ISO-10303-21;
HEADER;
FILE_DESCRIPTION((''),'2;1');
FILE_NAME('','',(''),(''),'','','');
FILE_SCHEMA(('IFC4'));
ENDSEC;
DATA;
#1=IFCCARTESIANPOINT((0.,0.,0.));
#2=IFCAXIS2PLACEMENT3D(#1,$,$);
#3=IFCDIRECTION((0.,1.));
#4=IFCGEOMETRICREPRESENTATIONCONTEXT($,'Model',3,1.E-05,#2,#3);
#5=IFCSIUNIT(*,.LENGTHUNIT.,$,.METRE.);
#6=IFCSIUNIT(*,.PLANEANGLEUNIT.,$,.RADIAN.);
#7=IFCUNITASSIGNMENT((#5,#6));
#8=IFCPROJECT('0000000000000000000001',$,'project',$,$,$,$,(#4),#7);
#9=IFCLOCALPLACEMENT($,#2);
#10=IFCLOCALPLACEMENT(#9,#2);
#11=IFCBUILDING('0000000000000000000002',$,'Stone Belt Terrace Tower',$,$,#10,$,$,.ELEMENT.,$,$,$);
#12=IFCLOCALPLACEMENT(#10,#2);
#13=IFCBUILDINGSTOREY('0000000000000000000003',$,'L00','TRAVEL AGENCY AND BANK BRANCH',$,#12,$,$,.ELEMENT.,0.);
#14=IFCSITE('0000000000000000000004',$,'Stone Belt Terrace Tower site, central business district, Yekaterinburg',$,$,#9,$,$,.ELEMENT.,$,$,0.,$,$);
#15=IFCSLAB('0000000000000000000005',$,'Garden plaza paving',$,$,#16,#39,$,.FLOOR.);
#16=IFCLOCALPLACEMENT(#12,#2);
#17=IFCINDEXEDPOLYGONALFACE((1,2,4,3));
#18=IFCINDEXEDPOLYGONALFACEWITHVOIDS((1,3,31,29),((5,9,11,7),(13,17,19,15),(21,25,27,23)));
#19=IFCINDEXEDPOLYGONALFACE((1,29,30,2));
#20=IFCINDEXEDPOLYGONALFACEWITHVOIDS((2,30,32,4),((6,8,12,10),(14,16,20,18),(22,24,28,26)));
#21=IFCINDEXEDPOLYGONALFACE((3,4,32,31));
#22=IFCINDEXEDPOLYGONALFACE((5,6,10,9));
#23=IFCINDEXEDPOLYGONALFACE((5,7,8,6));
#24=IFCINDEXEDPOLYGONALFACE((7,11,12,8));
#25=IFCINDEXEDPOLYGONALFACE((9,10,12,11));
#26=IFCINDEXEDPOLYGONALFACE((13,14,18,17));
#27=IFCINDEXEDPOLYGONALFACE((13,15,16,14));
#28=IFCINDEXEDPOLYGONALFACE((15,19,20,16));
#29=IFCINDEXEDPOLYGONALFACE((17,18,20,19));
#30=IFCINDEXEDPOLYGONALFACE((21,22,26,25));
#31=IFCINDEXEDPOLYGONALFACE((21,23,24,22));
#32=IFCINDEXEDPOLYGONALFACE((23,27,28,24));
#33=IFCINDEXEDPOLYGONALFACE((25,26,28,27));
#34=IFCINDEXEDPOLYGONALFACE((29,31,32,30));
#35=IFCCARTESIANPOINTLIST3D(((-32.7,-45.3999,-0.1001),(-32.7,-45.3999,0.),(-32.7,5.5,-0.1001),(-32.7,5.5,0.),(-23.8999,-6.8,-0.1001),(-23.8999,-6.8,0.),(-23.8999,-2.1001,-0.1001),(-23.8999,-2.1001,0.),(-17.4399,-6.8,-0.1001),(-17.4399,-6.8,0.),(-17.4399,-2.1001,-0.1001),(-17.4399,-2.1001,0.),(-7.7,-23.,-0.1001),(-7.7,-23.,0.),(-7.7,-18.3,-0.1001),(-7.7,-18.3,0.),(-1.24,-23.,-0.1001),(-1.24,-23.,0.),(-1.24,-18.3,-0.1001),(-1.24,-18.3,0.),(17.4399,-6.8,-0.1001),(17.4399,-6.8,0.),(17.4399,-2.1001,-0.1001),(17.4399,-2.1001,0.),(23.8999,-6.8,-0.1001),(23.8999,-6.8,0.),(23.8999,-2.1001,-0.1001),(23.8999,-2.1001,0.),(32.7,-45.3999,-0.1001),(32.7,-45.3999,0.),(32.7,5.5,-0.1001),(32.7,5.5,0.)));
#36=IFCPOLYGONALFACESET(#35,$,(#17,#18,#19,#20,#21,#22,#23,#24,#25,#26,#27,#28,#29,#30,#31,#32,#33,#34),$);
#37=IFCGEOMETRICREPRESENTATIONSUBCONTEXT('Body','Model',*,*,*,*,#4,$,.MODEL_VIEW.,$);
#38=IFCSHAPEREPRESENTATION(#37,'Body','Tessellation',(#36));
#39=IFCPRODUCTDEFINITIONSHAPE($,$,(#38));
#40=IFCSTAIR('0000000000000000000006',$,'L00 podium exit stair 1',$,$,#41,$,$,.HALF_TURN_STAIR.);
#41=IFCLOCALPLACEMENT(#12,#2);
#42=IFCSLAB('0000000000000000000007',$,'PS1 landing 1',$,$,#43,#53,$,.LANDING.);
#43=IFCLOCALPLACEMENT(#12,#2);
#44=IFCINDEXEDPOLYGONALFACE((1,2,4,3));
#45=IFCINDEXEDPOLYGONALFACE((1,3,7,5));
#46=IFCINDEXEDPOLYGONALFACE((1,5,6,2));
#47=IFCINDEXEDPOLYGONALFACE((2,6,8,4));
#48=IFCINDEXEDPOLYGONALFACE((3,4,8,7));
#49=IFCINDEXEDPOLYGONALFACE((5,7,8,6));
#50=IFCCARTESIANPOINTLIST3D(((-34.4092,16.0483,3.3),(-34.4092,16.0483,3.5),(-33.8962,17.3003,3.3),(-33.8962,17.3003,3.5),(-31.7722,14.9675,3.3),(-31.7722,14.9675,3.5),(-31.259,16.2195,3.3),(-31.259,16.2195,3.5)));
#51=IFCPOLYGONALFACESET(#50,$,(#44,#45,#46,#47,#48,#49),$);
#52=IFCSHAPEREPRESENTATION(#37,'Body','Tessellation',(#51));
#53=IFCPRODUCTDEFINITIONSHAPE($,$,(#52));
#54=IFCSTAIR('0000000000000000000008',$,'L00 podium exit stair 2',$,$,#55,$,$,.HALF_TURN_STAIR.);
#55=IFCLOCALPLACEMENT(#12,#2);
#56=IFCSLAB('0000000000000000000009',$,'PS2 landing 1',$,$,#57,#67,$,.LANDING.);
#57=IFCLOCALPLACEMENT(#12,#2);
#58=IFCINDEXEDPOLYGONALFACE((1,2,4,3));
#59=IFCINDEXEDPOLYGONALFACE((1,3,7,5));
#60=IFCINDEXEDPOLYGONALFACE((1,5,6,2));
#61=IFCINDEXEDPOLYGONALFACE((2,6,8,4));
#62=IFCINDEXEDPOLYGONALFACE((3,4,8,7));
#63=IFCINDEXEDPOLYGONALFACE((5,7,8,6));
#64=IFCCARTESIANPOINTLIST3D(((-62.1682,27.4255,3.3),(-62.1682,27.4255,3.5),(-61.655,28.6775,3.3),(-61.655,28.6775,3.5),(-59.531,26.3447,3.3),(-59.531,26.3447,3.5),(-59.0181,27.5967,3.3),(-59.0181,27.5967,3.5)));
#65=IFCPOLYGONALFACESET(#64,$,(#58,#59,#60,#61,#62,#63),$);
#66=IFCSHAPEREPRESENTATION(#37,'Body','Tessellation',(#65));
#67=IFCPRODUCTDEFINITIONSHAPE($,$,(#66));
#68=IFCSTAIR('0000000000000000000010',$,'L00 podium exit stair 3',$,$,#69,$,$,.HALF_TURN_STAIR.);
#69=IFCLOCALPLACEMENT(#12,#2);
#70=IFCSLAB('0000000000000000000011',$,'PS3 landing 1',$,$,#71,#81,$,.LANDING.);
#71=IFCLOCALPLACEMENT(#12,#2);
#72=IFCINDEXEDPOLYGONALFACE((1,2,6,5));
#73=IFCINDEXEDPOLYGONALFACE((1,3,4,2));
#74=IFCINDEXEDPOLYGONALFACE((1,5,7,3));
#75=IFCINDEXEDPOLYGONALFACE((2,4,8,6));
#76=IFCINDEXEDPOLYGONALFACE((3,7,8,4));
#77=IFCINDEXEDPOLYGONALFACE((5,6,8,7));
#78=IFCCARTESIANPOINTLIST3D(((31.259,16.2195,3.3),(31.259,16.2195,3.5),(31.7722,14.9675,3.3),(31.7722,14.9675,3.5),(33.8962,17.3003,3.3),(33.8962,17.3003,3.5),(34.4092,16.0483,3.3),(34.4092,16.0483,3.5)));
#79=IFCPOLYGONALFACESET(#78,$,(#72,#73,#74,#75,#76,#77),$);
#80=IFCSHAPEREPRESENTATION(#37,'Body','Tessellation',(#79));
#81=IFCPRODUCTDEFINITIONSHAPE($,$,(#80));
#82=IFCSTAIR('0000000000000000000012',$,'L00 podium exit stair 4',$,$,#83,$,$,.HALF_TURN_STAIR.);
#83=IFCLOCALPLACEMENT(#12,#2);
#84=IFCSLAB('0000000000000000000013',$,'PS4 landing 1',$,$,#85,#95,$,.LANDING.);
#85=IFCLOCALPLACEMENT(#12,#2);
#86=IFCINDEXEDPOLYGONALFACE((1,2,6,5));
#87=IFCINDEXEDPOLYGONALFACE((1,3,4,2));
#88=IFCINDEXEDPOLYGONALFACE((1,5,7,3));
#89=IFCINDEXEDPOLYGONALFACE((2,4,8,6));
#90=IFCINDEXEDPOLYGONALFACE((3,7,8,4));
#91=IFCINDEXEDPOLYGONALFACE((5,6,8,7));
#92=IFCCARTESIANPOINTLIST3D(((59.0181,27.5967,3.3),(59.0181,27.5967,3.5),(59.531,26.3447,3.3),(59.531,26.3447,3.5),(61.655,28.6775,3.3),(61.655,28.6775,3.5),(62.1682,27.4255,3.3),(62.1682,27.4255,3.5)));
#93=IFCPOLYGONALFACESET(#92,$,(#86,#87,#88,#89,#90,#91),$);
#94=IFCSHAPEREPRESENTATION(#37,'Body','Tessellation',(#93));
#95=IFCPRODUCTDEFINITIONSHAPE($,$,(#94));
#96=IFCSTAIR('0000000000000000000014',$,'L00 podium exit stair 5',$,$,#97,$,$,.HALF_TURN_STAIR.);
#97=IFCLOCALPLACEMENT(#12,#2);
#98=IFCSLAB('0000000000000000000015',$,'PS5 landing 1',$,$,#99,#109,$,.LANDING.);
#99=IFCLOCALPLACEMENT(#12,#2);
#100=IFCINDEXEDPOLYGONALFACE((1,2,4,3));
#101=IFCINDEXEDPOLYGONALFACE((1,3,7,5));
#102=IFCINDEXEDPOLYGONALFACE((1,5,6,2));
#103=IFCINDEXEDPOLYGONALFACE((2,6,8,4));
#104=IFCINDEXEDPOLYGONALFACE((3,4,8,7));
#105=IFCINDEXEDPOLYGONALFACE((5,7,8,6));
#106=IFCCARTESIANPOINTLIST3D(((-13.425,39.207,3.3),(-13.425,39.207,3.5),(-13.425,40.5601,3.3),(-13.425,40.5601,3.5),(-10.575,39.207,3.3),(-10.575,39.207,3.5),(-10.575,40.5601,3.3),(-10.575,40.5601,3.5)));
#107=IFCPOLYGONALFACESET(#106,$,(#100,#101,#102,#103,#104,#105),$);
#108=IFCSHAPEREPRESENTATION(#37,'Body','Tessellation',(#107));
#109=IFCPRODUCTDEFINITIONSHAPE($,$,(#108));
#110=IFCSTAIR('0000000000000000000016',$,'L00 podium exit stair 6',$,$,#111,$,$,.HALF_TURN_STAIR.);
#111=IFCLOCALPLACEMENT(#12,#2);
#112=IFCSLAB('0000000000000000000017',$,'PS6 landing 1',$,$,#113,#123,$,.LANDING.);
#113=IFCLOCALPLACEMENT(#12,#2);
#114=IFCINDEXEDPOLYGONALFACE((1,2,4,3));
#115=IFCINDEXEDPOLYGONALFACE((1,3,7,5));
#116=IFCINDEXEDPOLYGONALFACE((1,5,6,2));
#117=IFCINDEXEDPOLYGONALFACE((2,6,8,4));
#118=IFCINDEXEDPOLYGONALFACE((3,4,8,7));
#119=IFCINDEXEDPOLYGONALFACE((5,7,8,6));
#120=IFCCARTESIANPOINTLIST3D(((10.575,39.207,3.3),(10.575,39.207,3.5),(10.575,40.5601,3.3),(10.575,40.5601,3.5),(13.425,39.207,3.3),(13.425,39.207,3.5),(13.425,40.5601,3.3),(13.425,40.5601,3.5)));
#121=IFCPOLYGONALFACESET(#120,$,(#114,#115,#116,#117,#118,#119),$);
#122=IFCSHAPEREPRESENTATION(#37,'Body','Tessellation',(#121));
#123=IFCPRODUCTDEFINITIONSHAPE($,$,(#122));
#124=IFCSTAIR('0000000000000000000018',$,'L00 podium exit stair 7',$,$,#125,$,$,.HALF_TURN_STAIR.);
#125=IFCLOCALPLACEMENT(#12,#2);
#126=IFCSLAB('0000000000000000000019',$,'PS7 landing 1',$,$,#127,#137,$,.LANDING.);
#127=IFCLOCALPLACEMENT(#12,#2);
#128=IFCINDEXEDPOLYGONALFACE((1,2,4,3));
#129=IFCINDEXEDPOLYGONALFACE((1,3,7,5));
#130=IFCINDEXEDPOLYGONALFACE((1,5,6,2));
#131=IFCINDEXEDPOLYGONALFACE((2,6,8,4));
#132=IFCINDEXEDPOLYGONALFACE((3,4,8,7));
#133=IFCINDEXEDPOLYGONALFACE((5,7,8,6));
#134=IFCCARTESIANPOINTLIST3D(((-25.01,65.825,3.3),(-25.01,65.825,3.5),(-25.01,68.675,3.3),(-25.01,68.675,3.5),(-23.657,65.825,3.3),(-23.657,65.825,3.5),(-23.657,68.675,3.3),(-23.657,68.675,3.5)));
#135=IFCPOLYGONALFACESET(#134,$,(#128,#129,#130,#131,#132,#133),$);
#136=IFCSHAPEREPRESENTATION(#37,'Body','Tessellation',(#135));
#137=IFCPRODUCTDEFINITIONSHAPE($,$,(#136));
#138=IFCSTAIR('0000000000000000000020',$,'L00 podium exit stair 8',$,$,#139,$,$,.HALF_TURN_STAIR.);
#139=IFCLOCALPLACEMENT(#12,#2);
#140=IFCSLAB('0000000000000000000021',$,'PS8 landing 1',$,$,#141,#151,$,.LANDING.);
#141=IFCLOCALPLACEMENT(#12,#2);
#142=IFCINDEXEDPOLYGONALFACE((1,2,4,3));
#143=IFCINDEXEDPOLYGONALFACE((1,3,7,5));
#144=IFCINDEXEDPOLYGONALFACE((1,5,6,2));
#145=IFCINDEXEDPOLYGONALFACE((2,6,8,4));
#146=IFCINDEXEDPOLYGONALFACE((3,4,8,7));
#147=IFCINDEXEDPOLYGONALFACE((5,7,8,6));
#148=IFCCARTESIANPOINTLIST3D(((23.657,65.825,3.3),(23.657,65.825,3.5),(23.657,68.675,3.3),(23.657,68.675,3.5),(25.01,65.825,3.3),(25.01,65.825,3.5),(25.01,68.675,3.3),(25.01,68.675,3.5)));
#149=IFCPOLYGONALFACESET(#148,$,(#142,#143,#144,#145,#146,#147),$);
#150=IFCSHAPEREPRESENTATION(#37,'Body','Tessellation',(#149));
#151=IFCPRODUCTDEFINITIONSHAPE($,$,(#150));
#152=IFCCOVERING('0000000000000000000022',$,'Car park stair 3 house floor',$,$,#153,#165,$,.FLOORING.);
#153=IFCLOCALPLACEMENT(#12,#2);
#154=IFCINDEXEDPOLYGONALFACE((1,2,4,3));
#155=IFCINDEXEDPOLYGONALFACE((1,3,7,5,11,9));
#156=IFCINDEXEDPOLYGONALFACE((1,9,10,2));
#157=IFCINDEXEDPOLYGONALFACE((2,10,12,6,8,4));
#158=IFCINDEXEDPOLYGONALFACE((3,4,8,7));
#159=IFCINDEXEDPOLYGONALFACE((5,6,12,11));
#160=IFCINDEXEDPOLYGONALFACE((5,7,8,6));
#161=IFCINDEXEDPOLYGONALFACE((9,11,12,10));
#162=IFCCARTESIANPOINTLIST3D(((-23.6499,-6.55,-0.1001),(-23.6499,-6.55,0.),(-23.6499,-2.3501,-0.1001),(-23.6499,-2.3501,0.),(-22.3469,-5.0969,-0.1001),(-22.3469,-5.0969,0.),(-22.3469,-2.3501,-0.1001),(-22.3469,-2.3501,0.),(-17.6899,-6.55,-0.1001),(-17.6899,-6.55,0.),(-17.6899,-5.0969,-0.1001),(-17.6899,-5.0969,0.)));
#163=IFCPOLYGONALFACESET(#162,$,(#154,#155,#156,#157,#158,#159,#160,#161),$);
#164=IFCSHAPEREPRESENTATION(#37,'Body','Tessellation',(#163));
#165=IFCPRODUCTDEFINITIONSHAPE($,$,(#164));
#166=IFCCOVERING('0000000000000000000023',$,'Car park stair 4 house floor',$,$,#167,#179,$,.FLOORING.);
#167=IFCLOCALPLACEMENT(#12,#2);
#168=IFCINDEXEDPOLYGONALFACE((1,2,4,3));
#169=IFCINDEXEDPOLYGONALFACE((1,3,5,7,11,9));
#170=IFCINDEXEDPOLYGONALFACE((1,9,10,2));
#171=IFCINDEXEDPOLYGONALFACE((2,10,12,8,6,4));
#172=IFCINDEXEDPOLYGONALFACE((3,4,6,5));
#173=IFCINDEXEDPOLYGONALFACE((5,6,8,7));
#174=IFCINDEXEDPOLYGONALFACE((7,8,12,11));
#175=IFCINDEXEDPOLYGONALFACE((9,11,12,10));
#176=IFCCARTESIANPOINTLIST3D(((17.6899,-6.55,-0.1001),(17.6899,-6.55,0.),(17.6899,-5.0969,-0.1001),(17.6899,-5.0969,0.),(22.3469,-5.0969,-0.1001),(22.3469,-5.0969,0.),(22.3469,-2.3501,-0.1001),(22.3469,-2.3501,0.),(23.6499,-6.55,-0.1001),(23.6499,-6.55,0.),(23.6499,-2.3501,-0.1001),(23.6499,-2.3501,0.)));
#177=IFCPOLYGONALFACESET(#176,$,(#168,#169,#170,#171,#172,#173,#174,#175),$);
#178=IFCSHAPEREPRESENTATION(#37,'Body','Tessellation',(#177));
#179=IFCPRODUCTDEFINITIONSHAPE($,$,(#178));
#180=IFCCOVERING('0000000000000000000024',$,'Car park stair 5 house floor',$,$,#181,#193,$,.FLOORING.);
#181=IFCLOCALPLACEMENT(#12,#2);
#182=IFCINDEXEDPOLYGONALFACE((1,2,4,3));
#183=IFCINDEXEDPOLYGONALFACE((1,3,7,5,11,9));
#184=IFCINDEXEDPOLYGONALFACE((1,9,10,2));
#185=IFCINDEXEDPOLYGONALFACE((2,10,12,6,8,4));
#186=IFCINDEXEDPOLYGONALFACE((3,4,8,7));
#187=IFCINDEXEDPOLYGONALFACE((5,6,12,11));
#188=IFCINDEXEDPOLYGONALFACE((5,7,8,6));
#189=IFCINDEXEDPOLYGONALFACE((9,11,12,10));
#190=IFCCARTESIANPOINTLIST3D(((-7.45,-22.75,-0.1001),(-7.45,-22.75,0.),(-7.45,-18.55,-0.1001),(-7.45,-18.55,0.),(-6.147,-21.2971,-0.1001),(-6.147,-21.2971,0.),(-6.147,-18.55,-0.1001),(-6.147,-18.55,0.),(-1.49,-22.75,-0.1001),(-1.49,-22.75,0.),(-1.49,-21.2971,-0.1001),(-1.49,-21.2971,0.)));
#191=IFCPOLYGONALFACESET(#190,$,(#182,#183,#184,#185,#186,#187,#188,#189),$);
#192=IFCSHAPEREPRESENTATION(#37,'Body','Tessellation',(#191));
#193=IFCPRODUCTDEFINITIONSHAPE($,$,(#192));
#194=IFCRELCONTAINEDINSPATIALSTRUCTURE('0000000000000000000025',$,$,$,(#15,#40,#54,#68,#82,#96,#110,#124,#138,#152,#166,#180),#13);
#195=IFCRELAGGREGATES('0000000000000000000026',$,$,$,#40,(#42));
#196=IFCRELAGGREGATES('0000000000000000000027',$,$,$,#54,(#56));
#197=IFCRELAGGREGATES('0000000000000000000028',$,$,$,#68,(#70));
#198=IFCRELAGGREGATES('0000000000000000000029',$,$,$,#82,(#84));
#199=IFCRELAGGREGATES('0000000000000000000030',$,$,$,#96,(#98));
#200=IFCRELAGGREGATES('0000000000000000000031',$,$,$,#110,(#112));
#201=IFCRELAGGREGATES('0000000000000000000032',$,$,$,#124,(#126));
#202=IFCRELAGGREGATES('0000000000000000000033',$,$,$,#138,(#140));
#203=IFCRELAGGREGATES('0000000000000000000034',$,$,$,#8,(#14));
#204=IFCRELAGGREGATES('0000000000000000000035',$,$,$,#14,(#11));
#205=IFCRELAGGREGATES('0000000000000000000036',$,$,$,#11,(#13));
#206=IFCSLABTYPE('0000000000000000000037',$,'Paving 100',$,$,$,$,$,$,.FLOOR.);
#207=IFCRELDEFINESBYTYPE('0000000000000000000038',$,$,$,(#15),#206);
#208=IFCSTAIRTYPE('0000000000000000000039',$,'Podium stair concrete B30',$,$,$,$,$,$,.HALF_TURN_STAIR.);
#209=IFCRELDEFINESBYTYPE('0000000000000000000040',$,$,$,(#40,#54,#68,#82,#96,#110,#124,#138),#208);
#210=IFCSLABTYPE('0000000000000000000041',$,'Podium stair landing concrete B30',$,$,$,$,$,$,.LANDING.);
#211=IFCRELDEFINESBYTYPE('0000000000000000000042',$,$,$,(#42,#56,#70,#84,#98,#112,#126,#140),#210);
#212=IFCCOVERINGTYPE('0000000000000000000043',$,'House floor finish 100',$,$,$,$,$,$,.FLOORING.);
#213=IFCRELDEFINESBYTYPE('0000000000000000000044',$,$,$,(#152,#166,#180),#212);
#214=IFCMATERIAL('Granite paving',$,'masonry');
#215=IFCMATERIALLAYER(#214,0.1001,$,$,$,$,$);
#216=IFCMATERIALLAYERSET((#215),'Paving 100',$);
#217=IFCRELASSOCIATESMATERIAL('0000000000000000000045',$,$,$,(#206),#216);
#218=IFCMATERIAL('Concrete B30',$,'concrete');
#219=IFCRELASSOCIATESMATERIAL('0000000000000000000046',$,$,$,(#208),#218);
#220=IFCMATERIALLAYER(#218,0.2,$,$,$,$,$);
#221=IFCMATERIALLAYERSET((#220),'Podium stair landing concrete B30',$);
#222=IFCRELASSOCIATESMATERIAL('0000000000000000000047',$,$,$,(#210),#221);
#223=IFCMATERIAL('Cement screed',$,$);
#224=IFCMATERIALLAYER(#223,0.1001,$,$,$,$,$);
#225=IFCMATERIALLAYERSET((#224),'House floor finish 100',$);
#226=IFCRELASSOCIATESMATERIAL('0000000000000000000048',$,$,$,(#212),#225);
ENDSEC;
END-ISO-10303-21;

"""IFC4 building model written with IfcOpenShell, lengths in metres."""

from ifc_helpers import new_model, si_unit, direction, frame, origin, place, context, subcontext, project, spatial, polyline, outline, extrude, material, layer, layer_set, type_object, element, aggregate, save


model = new_model("IFC4")

# Units and contexts
model_context = context("Model", 3, precision=1e-05, world=origin(), true_north=direction((0.0, 1.0)))
body_context = subcontext(model_context, "Body", "Model", "MODEL_VIEW")
ifc_project = project(units=[si_unit("LENGTHUNIT", "METRE"), si_unit("PLANEANGLEUNIT", "RADIAN")], contexts=[model_context])

# Site, building, storey
site_placement = place(None, origin())
site = spatial("IfcSite", under=ifc_project, at=site_placement, Name="Stone Belt Terrace Tower site, central business district, Yekaterinburg", CompositionType="ELEMENT", RefElevation=0.0)
building_placement = place(site_placement, origin())
building = spatial("IfcBuilding", under=site, at=building_placement, Name="Stone Belt Terrace Tower", CompositionType="ELEMENT")
storey_placement = place(building_placement, origin())
storey = spatial("IfcBuildingStorey", under=building, at=storey_placement, Name="L00", Description="TRAVEL AGENCY AND BANK BRANCH", CompositionType="ELEMENT", Elevation=0.0)

# Shared definitions
ifc_material_1 = material(Name="Concrete B30", Category="concrete")

# Slab
ifc_material_2 = material(Name="Granite paving", Category="masonry")
ifc_layer_1 = layer(ifc_material_2, 0.1001)
ifc_layer_set_1 = layer_set([ifc_layer_1], Name="Paving 100")
slab_type_1 = type_object("IfcSlabType", Name="Paving 100", PredefinedType="FLOOR", material=ifc_layer_set_1)
slab_1_placement = place(storey_placement, frame((0.0, 0.0, -0.1001)))
element("IfcSlab", 1, at=slab_1_placement, inside=storey, type_object=slab_type_1, Name="Garden plaza paving", PredefinedType="FLOOR", context=body_context, shape_type="SweptSolid", body=[
    extrude(outline(polyline([(-32.7, -45.3999), (32.7, -45.3999), (32.7, 5.5), (-32.7, 5.5), (-32.7, -45.3999)]), holes=[polyline([(-17.4399, -6.8), (-17.4399, -2.1001), (-23.8999, -2.1001), (-23.8999, -6.8), (-17.4399, -6.8)]), polyline([(17.4399, -6.8), (23.8999, -6.8), (23.8999, -2.1001), (17.4399, -2.1001), (17.4399, -6.8)]), polyline([(-7.7, -18.3), (-7.7, -23.0), (-1.24, -23.0), (-1.24, -18.3), (-7.7, -18.3)])]), origin(), (0.0, 0.0, 1.0), 0.1001),
])

# Stairs, slabs
stair_type = type_object("IfcStairType", Name="Podium stair concrete B30", PredefinedType="HALF_TURN_STAIR", material=ifc_material_1)
stair_1_placement = place(storey_placement, origin())
stair_1 = element("IfcStair", 2, at=stair_1_placement, inside=storey, type_object=stair_type, Name="L00 podium exit stair 1", PredefinedType="HALF_TURN_STAIR")
ifc_layer_2 = layer(ifc_material_1, 0.2)
ifc_layer_set_2 = layer_set([ifc_layer_2], Name="Podium stair landing concrete B30")
slab_type_2 = type_object("IfcSlabType", Name="Podium stair landing concrete B30", PredefinedType="LANDING", material=ifc_layer_set_2)
slab_2_placement = place(storey_placement, frame((0.0, 0.0, 3.3)))
slab_2 = element("IfcSlab", 3, at=slab_2_placement, type_object=slab_type_2, Name="PS1 landing 1", PredefinedType="LANDING", context=body_context, shape_type="SweptSolid", body=[
    extrude(outline(polyline([(-33.8962, 17.3003), (-34.4092, 16.0483), (-31.7722, 14.9675), (-31.259, 16.2195), (-33.8962, 17.3003)])), origin(), (0.0, 0.0, 1.0), 0.2),
])
aggregate(stair_1, [slab_2])
stair_2_placement = place(storey_placement, origin())
stair_2 = element("IfcStair", 4, at=stair_2_placement, inside=storey, type_object=stair_type, Name="L00 podium exit stair 2", PredefinedType="HALF_TURN_STAIR")
slab_3_placement = place(storey_placement, frame((0.0, 0.0, 3.3)))
slab_3 = element("IfcSlab", 5, at=slab_3_placement, type_object=slab_type_2, Name="PS2 landing 1", PredefinedType="LANDING", context=body_context, shape_type="SweptSolid", body=[
    extrude(outline(polyline([(-61.655, 28.6775), (-62.1682, 27.4255), (-59.531, 26.3447), (-59.0181, 27.5967), (-61.655, 28.6775)])), origin(), (0.0, 0.0, 1.0), 0.2),
])
aggregate(stair_2, [slab_3])
stair_3_placement = place(storey_placement, origin())
stair_3 = element("IfcStair", 6, at=stair_3_placement, inside=storey, type_object=stair_type, Name="L00 podium exit stair 3", PredefinedType="HALF_TURN_STAIR")
slab_4_placement = place(storey_placement, frame((0.0, 0.0, 3.3)))
slab_4 = element("IfcSlab", 7, at=slab_4_placement, type_object=slab_type_2, Name="PS3 landing 1", PredefinedType="LANDING", context=body_context, shape_type="SweptSolid", body=[
    extrude(outline(polyline([(31.259, 16.2195), (31.7722, 14.9675), (34.4092, 16.0483), (33.8962, 17.3003), (31.259, 16.2195)])), origin(), (0.0, 0.0, 1.0), 0.2),
])
aggregate(stair_3, [slab_4])
stair_4_placement = place(storey_placement, origin())
stair_4 = element("IfcStair", 8, at=stair_4_placement, inside=storey, type_object=stair_type, Name="L00 podium exit stair 4", PredefinedType="HALF_TURN_STAIR")
slab_5_placement = place(storey_placement, frame((0.0, 0.0, 3.3)))
slab_5 = element("IfcSlab", 9, at=slab_5_placement, type_object=slab_type_2, Name="PS4 landing 1", PredefinedType="LANDING", context=body_context, shape_type="SweptSolid", body=[
    extrude(outline(polyline([(59.0181, 27.5967), (59.531, 26.3447), (62.1682, 27.4255), (61.655, 28.6775), (59.0181, 27.5967)])), origin(), (0.0, 0.0, 1.0), 0.2),
])
aggregate(stair_4, [slab_5])
stair_5_placement = place(storey_placement, origin())
stair_5 = element("IfcStair", 10, at=stair_5_placement, inside=storey, type_object=stair_type, Name="L00 podium exit stair 5", PredefinedType="HALF_TURN_STAIR")
slab_6_placement = place(storey_placement, frame((0.0, 0.0, 3.3)))
slab_6 = element("IfcSlab", 11, at=slab_6_placement, type_object=slab_type_2, Name="PS5 landing 1", PredefinedType="LANDING", context=body_context, shape_type="SweptSolid", body=[
    extrude(outline(polyline([(-10.575, 39.207), (-10.575, 40.5601), (-13.425, 40.5601), (-13.425, 39.207), (-10.575, 39.207)])), origin(), (0.0, 0.0, 1.0), 0.2),
])
aggregate(stair_5, [slab_6])
stair_6_placement = place(storey_placement, origin())
stair_6 = element("IfcStair", 12, at=stair_6_placement, inside=storey, type_object=stair_type, Name="L00 podium exit stair 6", PredefinedType="HALF_TURN_STAIR")
slab_7_placement = place(storey_placement, frame((0.0, 0.0, 3.3)))
slab_7 = element("IfcSlab", 13, at=slab_7_placement, type_object=slab_type_2, Name="PS6 landing 1", PredefinedType="LANDING", context=body_context, shape_type="SweptSolid", body=[
    extrude(outline(polyline([(13.425, 39.207), (13.425, 40.5601), (10.575, 40.5601), (10.575, 39.207), (13.425, 39.207)])), origin(), (0.0, 0.0, 1.0), 0.2),
])
aggregate(stair_6, [slab_7])
stair_7_placement = place(storey_placement, origin())
stair_7 = element("IfcStair", 14, at=stair_7_placement, inside=storey, type_object=stair_type, Name="L00 podium exit stair 7", PredefinedType="HALF_TURN_STAIR")
slab_8_placement = place(storey_placement, frame((0.0, 0.0, 3.3)))
slab_8 = element("IfcSlab", 15, at=slab_8_placement, type_object=slab_type_2, Name="PS7 landing 1", PredefinedType="LANDING", context=body_context, shape_type="SweptSolid", body=[
    extrude(outline(polyline([(-23.657, 68.675), (-25.01, 68.675), (-25.01, 65.825), (-23.657, 65.825), (-23.657, 68.675)])), origin(), (0.0, 0.0, 1.0), 0.2),
])
aggregate(stair_7, [slab_8])
stair_8_placement = place(storey_placement, origin())
stair_8 = element("IfcStair", 16, at=stair_8_placement, inside=storey, type_object=stair_type, Name="L00 podium exit stair 8", PredefinedType="HALF_TURN_STAIR")
slab_9_placement = place(storey_placement, frame((0.0, 0.0, 3.3)))
slab_9 = element("IfcSlab", 17, at=slab_9_placement, type_object=slab_type_2, Name="PS8 landing 1", PredefinedType="LANDING", context=body_context, shape_type="SweptSolid", body=[
    extrude(outline(polyline([(23.657, 65.825), (25.01, 65.825), (25.01, 68.675), (23.657, 68.675), (23.657, 65.825)])), origin(), (0.0, 0.0, 1.0), 0.2),
])
aggregate(stair_8, [slab_9])

# Coverings
ifc_material_3 = material(Name="Cement screed")
ifc_layer_3 = layer(ifc_material_3, 0.1001)
ifc_layer_set_3 = layer_set([ifc_layer_3], Name="House floor finish 100")
covering_type_1 = type_object("IfcCoveringType", Name="House floor finish 100", PredefinedType="FLOORING", material=ifc_layer_set_3)
covering_1_placement = place(storey_placement, frame((0.0, 0.0, -0.1001)))
element("IfcCovering", 18, at=covering_1_placement, inside=storey, type_object=covering_type_1, Name="Car park stair 3 house floor", PredefinedType="FLOORING", context=body_context, shape_type="SweptSolid", body=[
    extrude(outline(polyline([(-23.6499, -6.55), (-17.6899, -6.55), (-17.6899, -5.0969), (-22.3469, -5.0969), (-22.3469, -2.3501), (-23.6499, -2.3501), (-23.6499, -6.55)])), origin(), (0.0, 0.0, 1.0), 0.1001),
])
covering_2_placement = place(storey_placement, frame((0.0, 0.0, -0.1001)))
element("IfcCovering", 19, at=covering_2_placement, inside=storey, type_object=covering_type_1, Name="Car park stair 4 house floor", PredefinedType="FLOORING", context=body_context, shape_type="SweptSolid", body=[
    extrude(outline(polyline([(17.6899, -6.55), (23.6499, -6.55), (23.6499, -2.3501), (22.3469, -2.3501), (22.3469, -5.0969), (17.6899, -5.0969), (17.6899, -6.55)])), origin(), (0.0, 0.0, 1.0), 0.1001),
])
covering_3_placement = place(storey_placement, frame((0.0, 0.0, -0.1001)))
element("IfcCovering", 20, at=covering_3_placement, inside=storey, type_object=covering_type_1, Name="Car park stair 5 house floor", PredefinedType="FLOORING", context=body_context, shape_type="SweptSolid", body=[
    extrude(outline(polyline([(-7.45, -22.75), (-1.49, -22.75), (-1.49, -21.2971), (-6.147, -21.2971), (-6.147, -18.55), (-7.45, -18.55), (-7.45, -22.75)])), origin(), (0.0, 0.0, 1.0), 0.1001),
])

save(model, "model.ifc")
